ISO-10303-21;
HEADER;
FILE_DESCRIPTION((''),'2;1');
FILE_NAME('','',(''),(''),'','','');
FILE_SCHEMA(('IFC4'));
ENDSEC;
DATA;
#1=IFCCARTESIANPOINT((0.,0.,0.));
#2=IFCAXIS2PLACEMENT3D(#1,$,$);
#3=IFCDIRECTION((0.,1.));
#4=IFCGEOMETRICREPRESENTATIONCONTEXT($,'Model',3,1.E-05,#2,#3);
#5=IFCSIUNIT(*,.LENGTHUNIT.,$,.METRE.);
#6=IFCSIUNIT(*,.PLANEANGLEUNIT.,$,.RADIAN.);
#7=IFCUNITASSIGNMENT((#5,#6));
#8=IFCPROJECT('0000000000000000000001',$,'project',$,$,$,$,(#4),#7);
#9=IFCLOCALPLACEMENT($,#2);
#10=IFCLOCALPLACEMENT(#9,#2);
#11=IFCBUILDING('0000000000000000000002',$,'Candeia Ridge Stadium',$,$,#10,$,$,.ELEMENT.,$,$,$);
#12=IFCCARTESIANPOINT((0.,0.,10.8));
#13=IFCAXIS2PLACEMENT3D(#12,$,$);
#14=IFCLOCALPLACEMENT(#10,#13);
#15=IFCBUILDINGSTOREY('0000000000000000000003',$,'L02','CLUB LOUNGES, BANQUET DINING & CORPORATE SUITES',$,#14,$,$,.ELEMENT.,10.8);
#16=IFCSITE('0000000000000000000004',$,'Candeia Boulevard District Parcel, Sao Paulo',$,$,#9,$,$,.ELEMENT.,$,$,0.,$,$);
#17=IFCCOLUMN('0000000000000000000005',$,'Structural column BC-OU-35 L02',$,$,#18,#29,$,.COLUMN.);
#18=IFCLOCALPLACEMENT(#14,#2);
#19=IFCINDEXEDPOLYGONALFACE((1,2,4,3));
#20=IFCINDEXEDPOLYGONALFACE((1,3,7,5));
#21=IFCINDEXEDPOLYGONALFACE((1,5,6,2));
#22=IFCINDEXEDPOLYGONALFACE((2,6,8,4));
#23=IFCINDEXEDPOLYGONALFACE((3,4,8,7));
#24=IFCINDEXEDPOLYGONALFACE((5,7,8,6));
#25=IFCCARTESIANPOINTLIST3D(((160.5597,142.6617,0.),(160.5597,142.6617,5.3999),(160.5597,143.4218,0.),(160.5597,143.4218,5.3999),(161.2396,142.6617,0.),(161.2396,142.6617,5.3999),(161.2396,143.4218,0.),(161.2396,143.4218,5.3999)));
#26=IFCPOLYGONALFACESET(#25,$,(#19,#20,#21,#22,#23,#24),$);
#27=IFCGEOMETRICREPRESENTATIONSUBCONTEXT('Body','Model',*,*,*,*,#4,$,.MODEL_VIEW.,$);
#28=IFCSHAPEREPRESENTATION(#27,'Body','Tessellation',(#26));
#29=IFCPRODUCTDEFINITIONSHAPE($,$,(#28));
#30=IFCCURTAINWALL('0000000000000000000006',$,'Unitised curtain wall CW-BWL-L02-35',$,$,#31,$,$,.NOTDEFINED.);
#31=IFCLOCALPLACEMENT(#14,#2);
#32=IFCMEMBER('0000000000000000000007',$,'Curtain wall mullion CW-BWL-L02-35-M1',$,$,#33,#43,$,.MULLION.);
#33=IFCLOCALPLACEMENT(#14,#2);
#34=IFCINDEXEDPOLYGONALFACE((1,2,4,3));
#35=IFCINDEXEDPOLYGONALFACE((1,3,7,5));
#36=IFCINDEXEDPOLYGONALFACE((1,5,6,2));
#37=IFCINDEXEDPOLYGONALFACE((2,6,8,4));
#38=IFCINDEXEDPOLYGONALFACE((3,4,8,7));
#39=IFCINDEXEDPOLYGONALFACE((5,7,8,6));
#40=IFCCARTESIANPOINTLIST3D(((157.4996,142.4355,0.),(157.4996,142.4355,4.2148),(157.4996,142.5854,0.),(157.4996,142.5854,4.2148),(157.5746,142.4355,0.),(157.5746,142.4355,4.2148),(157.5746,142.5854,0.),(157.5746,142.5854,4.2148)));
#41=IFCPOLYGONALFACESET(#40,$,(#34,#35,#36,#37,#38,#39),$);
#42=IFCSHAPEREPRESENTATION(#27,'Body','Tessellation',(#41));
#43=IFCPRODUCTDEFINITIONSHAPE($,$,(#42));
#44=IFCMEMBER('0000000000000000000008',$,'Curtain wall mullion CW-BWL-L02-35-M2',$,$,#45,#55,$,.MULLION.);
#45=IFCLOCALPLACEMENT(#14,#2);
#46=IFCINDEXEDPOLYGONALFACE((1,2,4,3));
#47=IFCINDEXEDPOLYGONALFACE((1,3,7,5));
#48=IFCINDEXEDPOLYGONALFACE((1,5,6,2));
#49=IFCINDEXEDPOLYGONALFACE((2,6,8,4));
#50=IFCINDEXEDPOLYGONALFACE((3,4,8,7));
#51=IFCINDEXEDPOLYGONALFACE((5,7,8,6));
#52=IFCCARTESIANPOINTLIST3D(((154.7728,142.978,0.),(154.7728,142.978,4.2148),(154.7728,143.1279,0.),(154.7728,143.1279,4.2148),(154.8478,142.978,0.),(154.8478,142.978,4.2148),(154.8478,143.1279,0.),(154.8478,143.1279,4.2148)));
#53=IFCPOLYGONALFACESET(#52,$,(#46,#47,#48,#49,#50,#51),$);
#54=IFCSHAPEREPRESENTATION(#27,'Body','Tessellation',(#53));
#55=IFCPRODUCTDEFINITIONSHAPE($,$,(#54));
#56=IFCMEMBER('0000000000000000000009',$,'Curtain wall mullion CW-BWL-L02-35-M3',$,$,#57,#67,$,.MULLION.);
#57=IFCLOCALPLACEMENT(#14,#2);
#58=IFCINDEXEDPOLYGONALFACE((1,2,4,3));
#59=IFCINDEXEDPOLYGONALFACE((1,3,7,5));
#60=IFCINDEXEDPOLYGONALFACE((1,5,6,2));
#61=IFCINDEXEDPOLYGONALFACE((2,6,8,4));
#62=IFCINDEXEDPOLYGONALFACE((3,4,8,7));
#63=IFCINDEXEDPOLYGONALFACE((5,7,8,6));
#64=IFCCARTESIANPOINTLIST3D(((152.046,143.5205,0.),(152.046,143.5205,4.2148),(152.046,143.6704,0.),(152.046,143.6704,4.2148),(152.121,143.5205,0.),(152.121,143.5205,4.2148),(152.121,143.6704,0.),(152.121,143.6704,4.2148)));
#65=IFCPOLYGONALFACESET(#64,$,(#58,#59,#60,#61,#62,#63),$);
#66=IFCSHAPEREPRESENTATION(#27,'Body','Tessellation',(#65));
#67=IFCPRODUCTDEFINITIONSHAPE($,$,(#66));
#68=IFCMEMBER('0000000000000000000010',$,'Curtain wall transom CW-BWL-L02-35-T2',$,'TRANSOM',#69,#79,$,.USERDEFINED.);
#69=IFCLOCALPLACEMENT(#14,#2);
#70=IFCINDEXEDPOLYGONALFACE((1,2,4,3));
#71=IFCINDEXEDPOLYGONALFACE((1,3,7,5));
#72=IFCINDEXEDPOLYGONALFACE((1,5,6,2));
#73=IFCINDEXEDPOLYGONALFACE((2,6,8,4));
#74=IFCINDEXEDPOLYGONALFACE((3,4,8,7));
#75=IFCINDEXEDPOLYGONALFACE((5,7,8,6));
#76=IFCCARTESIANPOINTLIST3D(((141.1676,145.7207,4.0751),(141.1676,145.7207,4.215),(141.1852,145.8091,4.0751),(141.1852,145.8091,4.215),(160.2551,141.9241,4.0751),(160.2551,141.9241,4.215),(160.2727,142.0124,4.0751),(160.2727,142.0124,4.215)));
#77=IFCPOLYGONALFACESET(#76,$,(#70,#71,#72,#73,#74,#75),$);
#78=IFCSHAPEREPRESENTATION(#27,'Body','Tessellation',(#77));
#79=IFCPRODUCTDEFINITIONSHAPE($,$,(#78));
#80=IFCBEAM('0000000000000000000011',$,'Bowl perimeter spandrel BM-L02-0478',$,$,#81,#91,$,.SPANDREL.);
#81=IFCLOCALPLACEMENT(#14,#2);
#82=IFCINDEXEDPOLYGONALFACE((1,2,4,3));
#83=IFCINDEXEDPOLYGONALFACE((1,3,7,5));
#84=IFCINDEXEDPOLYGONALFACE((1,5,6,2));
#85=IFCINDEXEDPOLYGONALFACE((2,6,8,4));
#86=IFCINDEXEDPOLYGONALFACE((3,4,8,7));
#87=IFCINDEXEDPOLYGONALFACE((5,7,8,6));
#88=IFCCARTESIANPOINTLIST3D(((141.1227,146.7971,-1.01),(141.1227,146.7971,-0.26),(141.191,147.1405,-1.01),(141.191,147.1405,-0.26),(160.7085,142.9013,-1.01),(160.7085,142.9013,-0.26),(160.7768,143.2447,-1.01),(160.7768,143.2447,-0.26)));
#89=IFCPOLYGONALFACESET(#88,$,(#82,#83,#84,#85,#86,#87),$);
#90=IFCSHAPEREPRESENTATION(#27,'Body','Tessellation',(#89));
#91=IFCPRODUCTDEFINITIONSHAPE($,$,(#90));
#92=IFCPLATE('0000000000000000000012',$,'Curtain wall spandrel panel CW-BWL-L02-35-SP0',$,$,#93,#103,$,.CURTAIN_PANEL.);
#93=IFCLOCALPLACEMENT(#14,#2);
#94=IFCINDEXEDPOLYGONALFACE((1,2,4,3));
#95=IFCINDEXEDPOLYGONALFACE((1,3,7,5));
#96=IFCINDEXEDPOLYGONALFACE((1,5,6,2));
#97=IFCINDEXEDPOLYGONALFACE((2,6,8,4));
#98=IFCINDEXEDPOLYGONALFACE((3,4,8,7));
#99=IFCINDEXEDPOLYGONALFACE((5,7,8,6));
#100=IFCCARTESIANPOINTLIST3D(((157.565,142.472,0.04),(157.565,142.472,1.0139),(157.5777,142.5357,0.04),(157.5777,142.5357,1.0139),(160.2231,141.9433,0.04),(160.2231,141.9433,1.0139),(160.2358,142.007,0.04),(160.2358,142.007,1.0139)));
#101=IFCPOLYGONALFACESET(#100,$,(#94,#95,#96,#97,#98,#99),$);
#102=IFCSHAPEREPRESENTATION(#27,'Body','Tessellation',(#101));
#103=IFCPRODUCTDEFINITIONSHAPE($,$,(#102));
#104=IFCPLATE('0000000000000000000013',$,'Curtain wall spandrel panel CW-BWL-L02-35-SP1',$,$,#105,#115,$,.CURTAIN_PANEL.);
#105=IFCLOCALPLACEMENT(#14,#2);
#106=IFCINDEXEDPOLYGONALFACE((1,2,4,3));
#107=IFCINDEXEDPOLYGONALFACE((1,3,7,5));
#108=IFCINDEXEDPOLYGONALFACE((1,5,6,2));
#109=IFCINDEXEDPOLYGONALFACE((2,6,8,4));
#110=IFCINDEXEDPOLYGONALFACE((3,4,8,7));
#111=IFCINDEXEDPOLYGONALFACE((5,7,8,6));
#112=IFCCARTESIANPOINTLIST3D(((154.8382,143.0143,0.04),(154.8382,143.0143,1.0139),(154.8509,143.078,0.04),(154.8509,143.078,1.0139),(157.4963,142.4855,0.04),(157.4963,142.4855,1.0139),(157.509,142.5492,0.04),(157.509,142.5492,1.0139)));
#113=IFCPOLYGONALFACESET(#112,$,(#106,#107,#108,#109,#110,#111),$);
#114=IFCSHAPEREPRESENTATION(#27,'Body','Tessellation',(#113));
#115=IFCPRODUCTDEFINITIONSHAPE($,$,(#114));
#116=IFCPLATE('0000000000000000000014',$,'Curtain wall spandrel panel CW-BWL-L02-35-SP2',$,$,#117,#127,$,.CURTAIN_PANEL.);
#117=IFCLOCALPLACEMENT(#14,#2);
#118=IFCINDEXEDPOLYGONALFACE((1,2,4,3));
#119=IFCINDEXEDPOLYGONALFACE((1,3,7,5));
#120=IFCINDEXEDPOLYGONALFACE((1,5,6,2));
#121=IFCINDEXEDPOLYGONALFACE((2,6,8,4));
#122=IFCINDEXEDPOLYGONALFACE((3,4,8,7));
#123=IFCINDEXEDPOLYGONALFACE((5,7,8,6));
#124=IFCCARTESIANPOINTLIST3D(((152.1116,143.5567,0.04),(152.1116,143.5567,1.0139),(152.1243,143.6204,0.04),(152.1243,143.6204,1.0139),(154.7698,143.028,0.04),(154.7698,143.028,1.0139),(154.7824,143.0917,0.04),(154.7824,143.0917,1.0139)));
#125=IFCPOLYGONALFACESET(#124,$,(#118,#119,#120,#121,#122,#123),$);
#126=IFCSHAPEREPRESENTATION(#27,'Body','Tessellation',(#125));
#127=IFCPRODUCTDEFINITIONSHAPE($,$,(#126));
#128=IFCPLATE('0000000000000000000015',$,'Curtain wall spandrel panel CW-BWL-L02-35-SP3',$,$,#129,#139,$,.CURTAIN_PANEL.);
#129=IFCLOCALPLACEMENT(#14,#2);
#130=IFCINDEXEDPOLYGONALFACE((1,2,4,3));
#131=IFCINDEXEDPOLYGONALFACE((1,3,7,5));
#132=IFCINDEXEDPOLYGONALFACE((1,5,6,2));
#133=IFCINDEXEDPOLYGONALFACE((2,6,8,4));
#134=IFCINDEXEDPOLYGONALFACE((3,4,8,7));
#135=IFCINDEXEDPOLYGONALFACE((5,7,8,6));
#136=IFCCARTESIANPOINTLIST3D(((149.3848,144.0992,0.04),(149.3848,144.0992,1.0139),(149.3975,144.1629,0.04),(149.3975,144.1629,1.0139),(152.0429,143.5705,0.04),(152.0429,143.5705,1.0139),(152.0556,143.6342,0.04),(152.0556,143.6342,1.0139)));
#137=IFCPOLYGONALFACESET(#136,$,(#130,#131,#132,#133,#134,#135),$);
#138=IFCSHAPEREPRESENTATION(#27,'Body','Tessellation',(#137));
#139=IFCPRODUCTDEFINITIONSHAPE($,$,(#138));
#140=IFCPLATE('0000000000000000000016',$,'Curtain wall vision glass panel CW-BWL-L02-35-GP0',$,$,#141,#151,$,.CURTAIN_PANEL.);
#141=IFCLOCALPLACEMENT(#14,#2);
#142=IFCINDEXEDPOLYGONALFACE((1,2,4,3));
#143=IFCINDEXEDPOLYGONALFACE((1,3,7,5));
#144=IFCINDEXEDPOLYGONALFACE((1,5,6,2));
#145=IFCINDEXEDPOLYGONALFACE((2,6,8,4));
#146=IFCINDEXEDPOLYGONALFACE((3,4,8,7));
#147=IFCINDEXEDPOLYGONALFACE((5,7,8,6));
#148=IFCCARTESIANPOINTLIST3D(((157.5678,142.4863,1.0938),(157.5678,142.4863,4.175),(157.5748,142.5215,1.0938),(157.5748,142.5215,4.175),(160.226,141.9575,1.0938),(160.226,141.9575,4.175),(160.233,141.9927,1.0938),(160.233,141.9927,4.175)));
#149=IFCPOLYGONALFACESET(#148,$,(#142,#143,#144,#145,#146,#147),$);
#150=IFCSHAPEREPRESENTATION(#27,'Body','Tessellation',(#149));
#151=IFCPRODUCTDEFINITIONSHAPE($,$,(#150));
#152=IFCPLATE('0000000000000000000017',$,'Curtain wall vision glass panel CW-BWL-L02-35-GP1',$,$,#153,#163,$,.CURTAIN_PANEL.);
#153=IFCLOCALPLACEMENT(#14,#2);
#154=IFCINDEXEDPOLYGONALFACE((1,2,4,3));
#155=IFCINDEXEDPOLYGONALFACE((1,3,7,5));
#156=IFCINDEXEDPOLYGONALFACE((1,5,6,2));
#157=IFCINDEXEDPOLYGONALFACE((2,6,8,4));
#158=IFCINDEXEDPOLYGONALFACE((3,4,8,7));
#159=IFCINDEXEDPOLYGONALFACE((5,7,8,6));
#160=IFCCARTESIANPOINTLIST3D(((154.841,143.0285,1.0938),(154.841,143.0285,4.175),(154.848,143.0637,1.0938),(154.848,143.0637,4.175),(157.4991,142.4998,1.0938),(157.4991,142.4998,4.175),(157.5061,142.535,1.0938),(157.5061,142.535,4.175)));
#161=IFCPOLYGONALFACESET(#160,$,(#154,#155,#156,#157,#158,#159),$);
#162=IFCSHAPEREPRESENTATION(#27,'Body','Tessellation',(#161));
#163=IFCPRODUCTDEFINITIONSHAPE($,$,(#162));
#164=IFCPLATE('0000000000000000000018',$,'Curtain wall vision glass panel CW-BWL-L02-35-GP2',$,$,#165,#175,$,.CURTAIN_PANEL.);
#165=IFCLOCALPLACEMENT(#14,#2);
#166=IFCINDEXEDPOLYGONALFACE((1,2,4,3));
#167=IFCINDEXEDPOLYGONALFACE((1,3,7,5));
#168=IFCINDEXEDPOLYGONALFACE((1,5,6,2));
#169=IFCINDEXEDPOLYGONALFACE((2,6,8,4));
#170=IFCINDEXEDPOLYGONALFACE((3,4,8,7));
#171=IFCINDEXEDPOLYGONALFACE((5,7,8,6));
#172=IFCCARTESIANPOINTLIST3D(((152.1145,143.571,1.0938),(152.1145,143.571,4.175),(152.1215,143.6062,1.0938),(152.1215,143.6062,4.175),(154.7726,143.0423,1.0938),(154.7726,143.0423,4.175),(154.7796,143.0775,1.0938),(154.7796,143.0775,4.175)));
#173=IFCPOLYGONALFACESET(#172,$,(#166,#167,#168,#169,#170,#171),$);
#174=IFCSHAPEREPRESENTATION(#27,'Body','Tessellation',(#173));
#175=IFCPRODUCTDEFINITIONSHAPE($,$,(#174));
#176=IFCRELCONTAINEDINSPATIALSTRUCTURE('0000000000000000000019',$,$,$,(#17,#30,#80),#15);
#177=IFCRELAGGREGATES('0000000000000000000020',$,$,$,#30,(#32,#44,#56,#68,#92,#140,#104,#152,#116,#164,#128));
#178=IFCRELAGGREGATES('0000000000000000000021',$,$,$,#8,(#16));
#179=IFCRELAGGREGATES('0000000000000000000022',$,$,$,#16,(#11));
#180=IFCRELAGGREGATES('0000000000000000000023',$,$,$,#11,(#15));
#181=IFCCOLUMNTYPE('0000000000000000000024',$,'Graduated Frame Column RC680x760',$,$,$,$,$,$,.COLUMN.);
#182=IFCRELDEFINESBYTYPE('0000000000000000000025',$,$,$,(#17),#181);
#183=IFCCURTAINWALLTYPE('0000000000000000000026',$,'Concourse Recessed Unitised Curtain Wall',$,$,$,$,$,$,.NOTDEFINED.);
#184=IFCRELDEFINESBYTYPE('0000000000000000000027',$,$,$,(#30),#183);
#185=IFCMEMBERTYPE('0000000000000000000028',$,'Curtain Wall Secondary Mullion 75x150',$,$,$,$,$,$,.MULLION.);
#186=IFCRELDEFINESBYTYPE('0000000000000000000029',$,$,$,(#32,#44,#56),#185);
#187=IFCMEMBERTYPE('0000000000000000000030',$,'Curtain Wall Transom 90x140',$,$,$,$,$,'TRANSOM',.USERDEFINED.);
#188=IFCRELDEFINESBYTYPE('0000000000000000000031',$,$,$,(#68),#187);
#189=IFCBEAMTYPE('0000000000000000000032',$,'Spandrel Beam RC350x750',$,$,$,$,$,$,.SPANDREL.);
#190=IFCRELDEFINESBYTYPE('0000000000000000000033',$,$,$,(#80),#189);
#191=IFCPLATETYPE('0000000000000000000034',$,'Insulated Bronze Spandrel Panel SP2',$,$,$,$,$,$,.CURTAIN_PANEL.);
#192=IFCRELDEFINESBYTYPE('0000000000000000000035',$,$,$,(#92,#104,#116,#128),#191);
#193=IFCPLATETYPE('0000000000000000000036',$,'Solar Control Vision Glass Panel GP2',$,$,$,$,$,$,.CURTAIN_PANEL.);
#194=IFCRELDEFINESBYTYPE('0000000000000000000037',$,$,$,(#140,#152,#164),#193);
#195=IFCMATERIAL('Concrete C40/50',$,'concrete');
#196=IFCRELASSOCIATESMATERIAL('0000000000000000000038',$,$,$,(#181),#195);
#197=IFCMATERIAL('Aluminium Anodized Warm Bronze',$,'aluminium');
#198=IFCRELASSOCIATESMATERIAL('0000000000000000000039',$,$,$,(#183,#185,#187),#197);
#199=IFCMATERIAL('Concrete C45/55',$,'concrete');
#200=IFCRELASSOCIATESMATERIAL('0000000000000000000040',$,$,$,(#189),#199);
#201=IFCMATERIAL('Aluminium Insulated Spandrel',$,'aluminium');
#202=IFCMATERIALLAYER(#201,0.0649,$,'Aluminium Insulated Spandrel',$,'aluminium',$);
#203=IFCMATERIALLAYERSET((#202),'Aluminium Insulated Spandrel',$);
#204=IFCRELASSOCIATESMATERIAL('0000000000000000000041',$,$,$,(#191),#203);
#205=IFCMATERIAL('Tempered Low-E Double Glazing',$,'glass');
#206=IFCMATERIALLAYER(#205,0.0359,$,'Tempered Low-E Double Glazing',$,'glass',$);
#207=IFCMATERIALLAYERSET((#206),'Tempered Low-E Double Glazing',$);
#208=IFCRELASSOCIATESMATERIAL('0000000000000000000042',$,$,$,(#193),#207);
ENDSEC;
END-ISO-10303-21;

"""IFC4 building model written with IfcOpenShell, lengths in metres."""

from ifc_helpers import new_model, si_unit, direction, frame, origin, origin_2d, place, context, subcontext, project, spatial, rectangle, extrude, material, layer, layer_set, material_profile, profile_set, type_object, element, aggregate, save


model = new_model("IFC4")

# Units and contexts
model_context = context("Model", 3, precision=1e-05, world=origin(), true_north=direction((0.0, 1.0)))
body_context = subcontext(model_context, "Body", "Model", "MODEL_VIEW")
ifc_project = project(units=[si_unit("LENGTHUNIT", "METRE"), si_unit("PLANEANGLEUNIT", "RADIAN")], contexts=[model_context])

# Site, building, storey
site_placement = place(None, origin())
site = spatial("IfcSite", under=ifc_project, at=site_placement, Name="Candeia Boulevard District Parcel, Sao Paulo", CompositionType="ELEMENT", RefElevation=0.0)
building_placement = place(site_placement, origin())
building = spatial("IfcBuilding", under=site, at=building_placement, Name="Candeia Ridge Stadium", CompositionType="ELEMENT")
storey_placement = place(building_placement, frame((0.0, 0.0, 10.8)))
storey = spatial("IfcBuildingStorey", under=building, at=storey_placement, Name="L02", Description="CLUB LOUNGES, BANQUET DINING & CORPORATE SUITES", CompositionType="ELEMENT", Elevation=10.8)

# Column
ifc_material_1 = material(Name="Concrete C40/50", Category="concrete")
ifc_material_profile_1 = material_profile(ifc_material_1, rectangle(XDim=0.6799, YDim=0.76, at=origin_2d()), Name="RC680x760", Category="concrete")
ifc_profile_set_1 = profile_set([ifc_material_profile_1], Name="Concrete C40/50")
column_type = type_object("IfcColumnType", Name="Graduated Frame Column RC680x760", PredefinedType="COLUMN", material=ifc_profile_set_1)
column_placement = place(storey_placement, frame((160.8997, 143.0417, 0.0), z_axis=(0.0, 0.0, 1.0), x_axis=(1.0, 0.0, 0.0)))
element("IfcColumn", 1, at=column_placement, inside=storey, type_object=column_type, Name="Structural column BC-OU-35 L02", PredefinedType="COLUMN", context=body_context, shape_type="SweptSolid", body=[
    extrude(rectangle(XDim=0.6799, YDim=0.76, at=origin_2d()), origin(), (0.0, 0.0, 1.0), 5.3999),
])

# Curtain wall, members
ifc_material_2 = material(Name="Aluminium Anodized Warm Bronze", Category="aluminium")
curtain_wall_type = type_object("IfcCurtainWallType", Name="Concourse Recessed Unitised Curtain Wall", PredefinedType="NOTDEFINED", material=ifc_material_2)
curtain_wall_placement = place(storey_placement, origin())
curtain_wall = element("IfcCurtainWall", 2, at=curtain_wall_placement, inside=storey, type_object=curtain_wall_type, Name="Unitised curtain wall CW-BWL-L02-35", PredefinedType="NOTDEFINED")
ifc_material_profile_2 = material_profile(ifc_material_2, rectangle(XDim=0.075, YDim=0.1499, at=origin_2d()), Name="CWM-75x150", Category="aluminium")
ifc_profile_set_2 = profile_set([ifc_material_profile_2], Name="Aluminium Anodized Warm Bronze")
member_type_1 = type_object("IfcMemberType", Name="Curtain Wall Secondary Mullion 75x150", PredefinedType="MULLION", material=ifc_profile_set_2)
member_1_placement = place(storey_placement, frame((157.5371, 142.5105, 0.0), z_axis=(0.0, 0.0, 1.0), x_axis=(1.0, 0.0, 0.0)))
member_1 = element("IfcMember", 3, at=member_1_placement, type_object=member_type_1, Name="Curtain wall mullion CW-BWL-L02-35-M1", PredefinedType="MULLION", context=body_context, shape_type="SweptSolid", body=[
    extrude(rectangle(XDim=0.075, YDim=0.1499, at=origin_2d()), origin(), (0.0, 0.0, 1.0), 4.2148),
])
member_2_placement = place(storey_placement, frame((154.8103, 143.053, 0.0), z_axis=(0.0, 0.0, 1.0), x_axis=(1.0, 0.0, 0.0)))
member_2 = element("IfcMember", 4, at=member_2_placement, type_object=member_type_1, Name="Curtain wall mullion CW-BWL-L02-35-M2", PredefinedType="MULLION", context=body_context, shape_type="SweptSolid", body=[
    extrude(rectangle(XDim=0.075, YDim=0.1499, at=origin_2d()), origin(), (0.0, 0.0, 1.0), 4.2148),
])
member_3_placement = place(storey_placement, frame((152.0835, 143.5955, 0.0), z_axis=(0.0, 0.0, 1.0), x_axis=(1.0, 0.0, 0.0)))
member_3 = element("IfcMember", 5, at=member_3_placement, type_object=member_type_1, Name="Curtain wall mullion CW-BWL-L02-35-M3", PredefinedType="MULLION", context=body_context, shape_type="SweptSolid", body=[
    extrude(rectangle(XDim=0.075, YDim=0.1499, at=origin_2d()), origin(), (0.0, 0.0, 1.0), 4.2148),
])
ifc_material_profile_3 = material_profile(ifc_material_2, rectangle(XDim=0.0901, YDim=0.1399, at=origin_2d()), Name="CWT-90x140", Category="aluminium")
ifc_profile_set_3 = profile_set([ifc_material_profile_3], Name="Aluminium Anodized Warm Bronze")
member_type_2 = type_object("IfcMemberType", Name="Curtain Wall Transom 90x140", ElementType="TRANSOM", PredefinedType="USERDEFINED", material=ifc_profile_set_3)
member_4_placement = place(storey_placement, frame((160.2639, 141.9683, 4.145), z_axis=(-0.980786, 0.195086, 0.0), x_axis=(-0.195086, -0.980786, 0.0)))
member_4 = element("IfcMember", 6, at=member_4_placement, type_object=member_type_2, Name="Curtain wall transom CW-BWL-L02-35-T2", ObjectType="TRANSOM", PredefinedType="USERDEFINED", context=body_context, shape_type="SweptSolid", body=[
    extrude(rectangle(XDim=0.0901, YDim=0.1399, at=origin_2d()), origin(), (0.0, 0.0, 1.0), 19.4614),
])

# Beam
ifc_material_3 = material(Name="Concrete C45/55", Category="concrete")
ifc_material_profile_4 = material_profile(ifc_material_3, rectangle(XDim=0.3501, YDim=0.75, at=origin_2d()), Name="RC350x750", Category="concrete")
ifc_profile_set_4 = profile_set([ifc_material_profile_4], Name="Concrete C45/55")
beam_type = type_object("IfcBeamType", Name="Spandrel Beam RC350x750", PredefinedType="SPANDREL", material=ifc_profile_set_4)
beam_placement = place(storey_placement, frame((160.7427, 143.073, -0.635), z_axis=(-0.980786, 0.195086, 0.0), x_axis=(-0.195086, -0.980786, 0.0)))
element("IfcBeam", 7, at=beam_placement, inside=storey, type_object=beam_type, Name="Bowl perimeter spandrel BM-L02-0478", PredefinedType="SPANDREL", context=body_context, shape_type="SweptSolid", body=[
    extrude(rectangle(XDim=0.3501, YDim=0.75, at=origin_2d()), origin(), (0.0, 0.0, 1.0), 19.9695),
])

# Plates
ifc_material_4 = material(Name="Aluminium Insulated Spandrel", Category="aluminium")
ifc_layer_1 = layer(ifc_material_4, 0.0649, Name="Aluminium Insulated Spandrel", Category="aluminium")
ifc_layer_set_1 = layer_set([ifc_layer_1], Name="Aluminium Insulated Spandrel")
plate_type_1 = type_object("IfcPlateType", Name="Insulated Bronze Spandrel Panel SP2", PredefinedType="CURTAIN_PANEL", material=ifc_layer_set_1)
plate_1_placement = place(storey_placement, frame((158.9004, 142.2395, 0.04), z_axis=(0.0, 0.0, 1.0), x_axis=(-0.980785, 0.19509, 0.0)))
plate_1 = element("IfcPlate", 8, at=plate_1_placement, type_object=plate_type_1, Name="Curtain wall spandrel panel CW-BWL-L02-35-SP0", PredefinedType="CURTAIN_PANEL", context=body_context, shape_type="SweptSolid", body=[
    extrude(rectangle(XDim=2.7102, YDim=0.0649, at=origin_2d()), origin(), (0.0, 0.0, 1.0), 0.9739),
])
plate_2_placement = place(storey_placement, frame((156.1736, 142.7817, 0.04), z_axis=(0.0, 0.0, 1.0), x_axis=(-0.980785, 0.19509, 0.0)))
plate_2 = element("IfcPlate", 9, at=plate_2_placement, type_object=plate_type_1, Name="Curtain wall spandrel panel CW-BWL-L02-35-SP1", PredefinedType="CURTAIN_PANEL", context=body_context, shape_type="SweptSolid", body=[
    extrude(rectangle(XDim=2.7102, YDim=0.0649, at=origin_2d()), origin(), (0.0, 0.0, 1.0), 0.9739),
])
plate_3_placement = place(storey_placement, frame((153.447, 143.3242, 0.04), z_axis=(0.0, 0.0, 1.0), x_axis=(-0.980785, 0.19509, 0.0)))
plate_3 = element("IfcPlate", 10, at=plate_3_placement, type_object=plate_type_1, Name="Curtain wall spandrel panel CW-BWL-L02-35-SP2", PredefinedType="CURTAIN_PANEL", context=body_context, shape_type="SweptSolid", body=[
    extrude(rectangle(XDim=2.7102, YDim=0.0649, at=origin_2d()), origin(), (0.0, 0.0, 1.0), 0.9739),
])
plate_4_placement = place(storey_placement, frame((150.7202, 143.8667, 0.04), z_axis=(0.0, 0.0, 1.0), x_axis=(-0.980785, 0.19509, 0.0)))
plate_4 = element("IfcPlate", 11, at=plate_4_placement, type_object=plate_type_1, Name="Curtain wall spandrel panel CW-BWL-L02-35-SP3", PredefinedType="CURTAIN_PANEL", context=body_context, shape_type="SweptSolid", body=[
    extrude(rectangle(XDim=2.7102, YDim=0.0649, at=origin_2d()), origin(), (0.0, 0.0, 1.0), 0.9739),
])
ifc_material_5 = material(Name="Tempered Low-E Double Glazing", Category="glass")
ifc_layer_2 = layer(ifc_material_5, 0.0359, Name="Tempered Low-E Double Glazing", Category="glass")
ifc_layer_set_2 = layer_set([ifc_layer_2], Name="Tempered Low-E Double Glazing")
plate_type_2 = type_object("IfcPlateType", Name="Solar Control Vision Glass Panel GP2", PredefinedType="CURTAIN_PANEL", material=ifc_layer_set_2)
plate_5_placement = place(storey_placement, frame((158.9004, 142.2395, 1.0938), z_axis=(0.0, 0.0, 1.0), x_axis=(-0.980785, 0.19509, 0.0)))
plate_5 = element("IfcPlate", 12, at=plate_5_placement, type_object=plate_type_2, Name="Curtain wall vision glass panel CW-BWL-L02-35-GP0", PredefinedType="CURTAIN_PANEL", context=body_context, shape_type="SweptSolid", body=[
    extrude(rectangle(XDim=2.7102, YDim=0.0359, at=origin_2d()), origin(), (0.0, 0.0, 1.0), 3.0813),
])
plate_6_placement = place(storey_placement, frame((156.1736, 142.7817, 1.0938), z_axis=(0.0, 0.0, 1.0), x_axis=(-0.980785, 0.19509, 0.0)))
plate_6 = element("IfcPlate", 13, at=plate_6_placement, type_object=plate_type_2, Name="Curtain wall vision glass panel CW-BWL-L02-35-GP1", PredefinedType="CURTAIN_PANEL", context=body_context, shape_type="SweptSolid", body=[
    extrude(rectangle(XDim=2.7102, YDim=0.0359, at=origin_2d()), origin(), (0.0, 0.0, 1.0), 3.0813),
])
plate_7_placement = place(storey_placement, frame((153.447, 143.3242, 1.0938), z_axis=(0.0, 0.0, 1.0), x_axis=(-0.980785, 0.19509, 0.0)))
plate_7 = element("IfcPlate", 14, at=plate_7_placement, type_object=plate_type_2, Name="Curtain wall vision glass panel CW-BWL-L02-35-GP2", PredefinedType="CURTAIN_PANEL", context=body_context, shape_type="SweptSolid", body=[
    extrude(rectangle(XDim=2.7102, YDim=0.0359, at=origin_2d()), origin(), (0.0, 0.0, 1.0), 3.0813),
])
aggregate(curtain_wall, [member_1, member_2, member_3, member_4, plate_1, plate_5, plate_2, plate_6, plate_3, plate_7, plate_4])

save(model, "model.ifc")
